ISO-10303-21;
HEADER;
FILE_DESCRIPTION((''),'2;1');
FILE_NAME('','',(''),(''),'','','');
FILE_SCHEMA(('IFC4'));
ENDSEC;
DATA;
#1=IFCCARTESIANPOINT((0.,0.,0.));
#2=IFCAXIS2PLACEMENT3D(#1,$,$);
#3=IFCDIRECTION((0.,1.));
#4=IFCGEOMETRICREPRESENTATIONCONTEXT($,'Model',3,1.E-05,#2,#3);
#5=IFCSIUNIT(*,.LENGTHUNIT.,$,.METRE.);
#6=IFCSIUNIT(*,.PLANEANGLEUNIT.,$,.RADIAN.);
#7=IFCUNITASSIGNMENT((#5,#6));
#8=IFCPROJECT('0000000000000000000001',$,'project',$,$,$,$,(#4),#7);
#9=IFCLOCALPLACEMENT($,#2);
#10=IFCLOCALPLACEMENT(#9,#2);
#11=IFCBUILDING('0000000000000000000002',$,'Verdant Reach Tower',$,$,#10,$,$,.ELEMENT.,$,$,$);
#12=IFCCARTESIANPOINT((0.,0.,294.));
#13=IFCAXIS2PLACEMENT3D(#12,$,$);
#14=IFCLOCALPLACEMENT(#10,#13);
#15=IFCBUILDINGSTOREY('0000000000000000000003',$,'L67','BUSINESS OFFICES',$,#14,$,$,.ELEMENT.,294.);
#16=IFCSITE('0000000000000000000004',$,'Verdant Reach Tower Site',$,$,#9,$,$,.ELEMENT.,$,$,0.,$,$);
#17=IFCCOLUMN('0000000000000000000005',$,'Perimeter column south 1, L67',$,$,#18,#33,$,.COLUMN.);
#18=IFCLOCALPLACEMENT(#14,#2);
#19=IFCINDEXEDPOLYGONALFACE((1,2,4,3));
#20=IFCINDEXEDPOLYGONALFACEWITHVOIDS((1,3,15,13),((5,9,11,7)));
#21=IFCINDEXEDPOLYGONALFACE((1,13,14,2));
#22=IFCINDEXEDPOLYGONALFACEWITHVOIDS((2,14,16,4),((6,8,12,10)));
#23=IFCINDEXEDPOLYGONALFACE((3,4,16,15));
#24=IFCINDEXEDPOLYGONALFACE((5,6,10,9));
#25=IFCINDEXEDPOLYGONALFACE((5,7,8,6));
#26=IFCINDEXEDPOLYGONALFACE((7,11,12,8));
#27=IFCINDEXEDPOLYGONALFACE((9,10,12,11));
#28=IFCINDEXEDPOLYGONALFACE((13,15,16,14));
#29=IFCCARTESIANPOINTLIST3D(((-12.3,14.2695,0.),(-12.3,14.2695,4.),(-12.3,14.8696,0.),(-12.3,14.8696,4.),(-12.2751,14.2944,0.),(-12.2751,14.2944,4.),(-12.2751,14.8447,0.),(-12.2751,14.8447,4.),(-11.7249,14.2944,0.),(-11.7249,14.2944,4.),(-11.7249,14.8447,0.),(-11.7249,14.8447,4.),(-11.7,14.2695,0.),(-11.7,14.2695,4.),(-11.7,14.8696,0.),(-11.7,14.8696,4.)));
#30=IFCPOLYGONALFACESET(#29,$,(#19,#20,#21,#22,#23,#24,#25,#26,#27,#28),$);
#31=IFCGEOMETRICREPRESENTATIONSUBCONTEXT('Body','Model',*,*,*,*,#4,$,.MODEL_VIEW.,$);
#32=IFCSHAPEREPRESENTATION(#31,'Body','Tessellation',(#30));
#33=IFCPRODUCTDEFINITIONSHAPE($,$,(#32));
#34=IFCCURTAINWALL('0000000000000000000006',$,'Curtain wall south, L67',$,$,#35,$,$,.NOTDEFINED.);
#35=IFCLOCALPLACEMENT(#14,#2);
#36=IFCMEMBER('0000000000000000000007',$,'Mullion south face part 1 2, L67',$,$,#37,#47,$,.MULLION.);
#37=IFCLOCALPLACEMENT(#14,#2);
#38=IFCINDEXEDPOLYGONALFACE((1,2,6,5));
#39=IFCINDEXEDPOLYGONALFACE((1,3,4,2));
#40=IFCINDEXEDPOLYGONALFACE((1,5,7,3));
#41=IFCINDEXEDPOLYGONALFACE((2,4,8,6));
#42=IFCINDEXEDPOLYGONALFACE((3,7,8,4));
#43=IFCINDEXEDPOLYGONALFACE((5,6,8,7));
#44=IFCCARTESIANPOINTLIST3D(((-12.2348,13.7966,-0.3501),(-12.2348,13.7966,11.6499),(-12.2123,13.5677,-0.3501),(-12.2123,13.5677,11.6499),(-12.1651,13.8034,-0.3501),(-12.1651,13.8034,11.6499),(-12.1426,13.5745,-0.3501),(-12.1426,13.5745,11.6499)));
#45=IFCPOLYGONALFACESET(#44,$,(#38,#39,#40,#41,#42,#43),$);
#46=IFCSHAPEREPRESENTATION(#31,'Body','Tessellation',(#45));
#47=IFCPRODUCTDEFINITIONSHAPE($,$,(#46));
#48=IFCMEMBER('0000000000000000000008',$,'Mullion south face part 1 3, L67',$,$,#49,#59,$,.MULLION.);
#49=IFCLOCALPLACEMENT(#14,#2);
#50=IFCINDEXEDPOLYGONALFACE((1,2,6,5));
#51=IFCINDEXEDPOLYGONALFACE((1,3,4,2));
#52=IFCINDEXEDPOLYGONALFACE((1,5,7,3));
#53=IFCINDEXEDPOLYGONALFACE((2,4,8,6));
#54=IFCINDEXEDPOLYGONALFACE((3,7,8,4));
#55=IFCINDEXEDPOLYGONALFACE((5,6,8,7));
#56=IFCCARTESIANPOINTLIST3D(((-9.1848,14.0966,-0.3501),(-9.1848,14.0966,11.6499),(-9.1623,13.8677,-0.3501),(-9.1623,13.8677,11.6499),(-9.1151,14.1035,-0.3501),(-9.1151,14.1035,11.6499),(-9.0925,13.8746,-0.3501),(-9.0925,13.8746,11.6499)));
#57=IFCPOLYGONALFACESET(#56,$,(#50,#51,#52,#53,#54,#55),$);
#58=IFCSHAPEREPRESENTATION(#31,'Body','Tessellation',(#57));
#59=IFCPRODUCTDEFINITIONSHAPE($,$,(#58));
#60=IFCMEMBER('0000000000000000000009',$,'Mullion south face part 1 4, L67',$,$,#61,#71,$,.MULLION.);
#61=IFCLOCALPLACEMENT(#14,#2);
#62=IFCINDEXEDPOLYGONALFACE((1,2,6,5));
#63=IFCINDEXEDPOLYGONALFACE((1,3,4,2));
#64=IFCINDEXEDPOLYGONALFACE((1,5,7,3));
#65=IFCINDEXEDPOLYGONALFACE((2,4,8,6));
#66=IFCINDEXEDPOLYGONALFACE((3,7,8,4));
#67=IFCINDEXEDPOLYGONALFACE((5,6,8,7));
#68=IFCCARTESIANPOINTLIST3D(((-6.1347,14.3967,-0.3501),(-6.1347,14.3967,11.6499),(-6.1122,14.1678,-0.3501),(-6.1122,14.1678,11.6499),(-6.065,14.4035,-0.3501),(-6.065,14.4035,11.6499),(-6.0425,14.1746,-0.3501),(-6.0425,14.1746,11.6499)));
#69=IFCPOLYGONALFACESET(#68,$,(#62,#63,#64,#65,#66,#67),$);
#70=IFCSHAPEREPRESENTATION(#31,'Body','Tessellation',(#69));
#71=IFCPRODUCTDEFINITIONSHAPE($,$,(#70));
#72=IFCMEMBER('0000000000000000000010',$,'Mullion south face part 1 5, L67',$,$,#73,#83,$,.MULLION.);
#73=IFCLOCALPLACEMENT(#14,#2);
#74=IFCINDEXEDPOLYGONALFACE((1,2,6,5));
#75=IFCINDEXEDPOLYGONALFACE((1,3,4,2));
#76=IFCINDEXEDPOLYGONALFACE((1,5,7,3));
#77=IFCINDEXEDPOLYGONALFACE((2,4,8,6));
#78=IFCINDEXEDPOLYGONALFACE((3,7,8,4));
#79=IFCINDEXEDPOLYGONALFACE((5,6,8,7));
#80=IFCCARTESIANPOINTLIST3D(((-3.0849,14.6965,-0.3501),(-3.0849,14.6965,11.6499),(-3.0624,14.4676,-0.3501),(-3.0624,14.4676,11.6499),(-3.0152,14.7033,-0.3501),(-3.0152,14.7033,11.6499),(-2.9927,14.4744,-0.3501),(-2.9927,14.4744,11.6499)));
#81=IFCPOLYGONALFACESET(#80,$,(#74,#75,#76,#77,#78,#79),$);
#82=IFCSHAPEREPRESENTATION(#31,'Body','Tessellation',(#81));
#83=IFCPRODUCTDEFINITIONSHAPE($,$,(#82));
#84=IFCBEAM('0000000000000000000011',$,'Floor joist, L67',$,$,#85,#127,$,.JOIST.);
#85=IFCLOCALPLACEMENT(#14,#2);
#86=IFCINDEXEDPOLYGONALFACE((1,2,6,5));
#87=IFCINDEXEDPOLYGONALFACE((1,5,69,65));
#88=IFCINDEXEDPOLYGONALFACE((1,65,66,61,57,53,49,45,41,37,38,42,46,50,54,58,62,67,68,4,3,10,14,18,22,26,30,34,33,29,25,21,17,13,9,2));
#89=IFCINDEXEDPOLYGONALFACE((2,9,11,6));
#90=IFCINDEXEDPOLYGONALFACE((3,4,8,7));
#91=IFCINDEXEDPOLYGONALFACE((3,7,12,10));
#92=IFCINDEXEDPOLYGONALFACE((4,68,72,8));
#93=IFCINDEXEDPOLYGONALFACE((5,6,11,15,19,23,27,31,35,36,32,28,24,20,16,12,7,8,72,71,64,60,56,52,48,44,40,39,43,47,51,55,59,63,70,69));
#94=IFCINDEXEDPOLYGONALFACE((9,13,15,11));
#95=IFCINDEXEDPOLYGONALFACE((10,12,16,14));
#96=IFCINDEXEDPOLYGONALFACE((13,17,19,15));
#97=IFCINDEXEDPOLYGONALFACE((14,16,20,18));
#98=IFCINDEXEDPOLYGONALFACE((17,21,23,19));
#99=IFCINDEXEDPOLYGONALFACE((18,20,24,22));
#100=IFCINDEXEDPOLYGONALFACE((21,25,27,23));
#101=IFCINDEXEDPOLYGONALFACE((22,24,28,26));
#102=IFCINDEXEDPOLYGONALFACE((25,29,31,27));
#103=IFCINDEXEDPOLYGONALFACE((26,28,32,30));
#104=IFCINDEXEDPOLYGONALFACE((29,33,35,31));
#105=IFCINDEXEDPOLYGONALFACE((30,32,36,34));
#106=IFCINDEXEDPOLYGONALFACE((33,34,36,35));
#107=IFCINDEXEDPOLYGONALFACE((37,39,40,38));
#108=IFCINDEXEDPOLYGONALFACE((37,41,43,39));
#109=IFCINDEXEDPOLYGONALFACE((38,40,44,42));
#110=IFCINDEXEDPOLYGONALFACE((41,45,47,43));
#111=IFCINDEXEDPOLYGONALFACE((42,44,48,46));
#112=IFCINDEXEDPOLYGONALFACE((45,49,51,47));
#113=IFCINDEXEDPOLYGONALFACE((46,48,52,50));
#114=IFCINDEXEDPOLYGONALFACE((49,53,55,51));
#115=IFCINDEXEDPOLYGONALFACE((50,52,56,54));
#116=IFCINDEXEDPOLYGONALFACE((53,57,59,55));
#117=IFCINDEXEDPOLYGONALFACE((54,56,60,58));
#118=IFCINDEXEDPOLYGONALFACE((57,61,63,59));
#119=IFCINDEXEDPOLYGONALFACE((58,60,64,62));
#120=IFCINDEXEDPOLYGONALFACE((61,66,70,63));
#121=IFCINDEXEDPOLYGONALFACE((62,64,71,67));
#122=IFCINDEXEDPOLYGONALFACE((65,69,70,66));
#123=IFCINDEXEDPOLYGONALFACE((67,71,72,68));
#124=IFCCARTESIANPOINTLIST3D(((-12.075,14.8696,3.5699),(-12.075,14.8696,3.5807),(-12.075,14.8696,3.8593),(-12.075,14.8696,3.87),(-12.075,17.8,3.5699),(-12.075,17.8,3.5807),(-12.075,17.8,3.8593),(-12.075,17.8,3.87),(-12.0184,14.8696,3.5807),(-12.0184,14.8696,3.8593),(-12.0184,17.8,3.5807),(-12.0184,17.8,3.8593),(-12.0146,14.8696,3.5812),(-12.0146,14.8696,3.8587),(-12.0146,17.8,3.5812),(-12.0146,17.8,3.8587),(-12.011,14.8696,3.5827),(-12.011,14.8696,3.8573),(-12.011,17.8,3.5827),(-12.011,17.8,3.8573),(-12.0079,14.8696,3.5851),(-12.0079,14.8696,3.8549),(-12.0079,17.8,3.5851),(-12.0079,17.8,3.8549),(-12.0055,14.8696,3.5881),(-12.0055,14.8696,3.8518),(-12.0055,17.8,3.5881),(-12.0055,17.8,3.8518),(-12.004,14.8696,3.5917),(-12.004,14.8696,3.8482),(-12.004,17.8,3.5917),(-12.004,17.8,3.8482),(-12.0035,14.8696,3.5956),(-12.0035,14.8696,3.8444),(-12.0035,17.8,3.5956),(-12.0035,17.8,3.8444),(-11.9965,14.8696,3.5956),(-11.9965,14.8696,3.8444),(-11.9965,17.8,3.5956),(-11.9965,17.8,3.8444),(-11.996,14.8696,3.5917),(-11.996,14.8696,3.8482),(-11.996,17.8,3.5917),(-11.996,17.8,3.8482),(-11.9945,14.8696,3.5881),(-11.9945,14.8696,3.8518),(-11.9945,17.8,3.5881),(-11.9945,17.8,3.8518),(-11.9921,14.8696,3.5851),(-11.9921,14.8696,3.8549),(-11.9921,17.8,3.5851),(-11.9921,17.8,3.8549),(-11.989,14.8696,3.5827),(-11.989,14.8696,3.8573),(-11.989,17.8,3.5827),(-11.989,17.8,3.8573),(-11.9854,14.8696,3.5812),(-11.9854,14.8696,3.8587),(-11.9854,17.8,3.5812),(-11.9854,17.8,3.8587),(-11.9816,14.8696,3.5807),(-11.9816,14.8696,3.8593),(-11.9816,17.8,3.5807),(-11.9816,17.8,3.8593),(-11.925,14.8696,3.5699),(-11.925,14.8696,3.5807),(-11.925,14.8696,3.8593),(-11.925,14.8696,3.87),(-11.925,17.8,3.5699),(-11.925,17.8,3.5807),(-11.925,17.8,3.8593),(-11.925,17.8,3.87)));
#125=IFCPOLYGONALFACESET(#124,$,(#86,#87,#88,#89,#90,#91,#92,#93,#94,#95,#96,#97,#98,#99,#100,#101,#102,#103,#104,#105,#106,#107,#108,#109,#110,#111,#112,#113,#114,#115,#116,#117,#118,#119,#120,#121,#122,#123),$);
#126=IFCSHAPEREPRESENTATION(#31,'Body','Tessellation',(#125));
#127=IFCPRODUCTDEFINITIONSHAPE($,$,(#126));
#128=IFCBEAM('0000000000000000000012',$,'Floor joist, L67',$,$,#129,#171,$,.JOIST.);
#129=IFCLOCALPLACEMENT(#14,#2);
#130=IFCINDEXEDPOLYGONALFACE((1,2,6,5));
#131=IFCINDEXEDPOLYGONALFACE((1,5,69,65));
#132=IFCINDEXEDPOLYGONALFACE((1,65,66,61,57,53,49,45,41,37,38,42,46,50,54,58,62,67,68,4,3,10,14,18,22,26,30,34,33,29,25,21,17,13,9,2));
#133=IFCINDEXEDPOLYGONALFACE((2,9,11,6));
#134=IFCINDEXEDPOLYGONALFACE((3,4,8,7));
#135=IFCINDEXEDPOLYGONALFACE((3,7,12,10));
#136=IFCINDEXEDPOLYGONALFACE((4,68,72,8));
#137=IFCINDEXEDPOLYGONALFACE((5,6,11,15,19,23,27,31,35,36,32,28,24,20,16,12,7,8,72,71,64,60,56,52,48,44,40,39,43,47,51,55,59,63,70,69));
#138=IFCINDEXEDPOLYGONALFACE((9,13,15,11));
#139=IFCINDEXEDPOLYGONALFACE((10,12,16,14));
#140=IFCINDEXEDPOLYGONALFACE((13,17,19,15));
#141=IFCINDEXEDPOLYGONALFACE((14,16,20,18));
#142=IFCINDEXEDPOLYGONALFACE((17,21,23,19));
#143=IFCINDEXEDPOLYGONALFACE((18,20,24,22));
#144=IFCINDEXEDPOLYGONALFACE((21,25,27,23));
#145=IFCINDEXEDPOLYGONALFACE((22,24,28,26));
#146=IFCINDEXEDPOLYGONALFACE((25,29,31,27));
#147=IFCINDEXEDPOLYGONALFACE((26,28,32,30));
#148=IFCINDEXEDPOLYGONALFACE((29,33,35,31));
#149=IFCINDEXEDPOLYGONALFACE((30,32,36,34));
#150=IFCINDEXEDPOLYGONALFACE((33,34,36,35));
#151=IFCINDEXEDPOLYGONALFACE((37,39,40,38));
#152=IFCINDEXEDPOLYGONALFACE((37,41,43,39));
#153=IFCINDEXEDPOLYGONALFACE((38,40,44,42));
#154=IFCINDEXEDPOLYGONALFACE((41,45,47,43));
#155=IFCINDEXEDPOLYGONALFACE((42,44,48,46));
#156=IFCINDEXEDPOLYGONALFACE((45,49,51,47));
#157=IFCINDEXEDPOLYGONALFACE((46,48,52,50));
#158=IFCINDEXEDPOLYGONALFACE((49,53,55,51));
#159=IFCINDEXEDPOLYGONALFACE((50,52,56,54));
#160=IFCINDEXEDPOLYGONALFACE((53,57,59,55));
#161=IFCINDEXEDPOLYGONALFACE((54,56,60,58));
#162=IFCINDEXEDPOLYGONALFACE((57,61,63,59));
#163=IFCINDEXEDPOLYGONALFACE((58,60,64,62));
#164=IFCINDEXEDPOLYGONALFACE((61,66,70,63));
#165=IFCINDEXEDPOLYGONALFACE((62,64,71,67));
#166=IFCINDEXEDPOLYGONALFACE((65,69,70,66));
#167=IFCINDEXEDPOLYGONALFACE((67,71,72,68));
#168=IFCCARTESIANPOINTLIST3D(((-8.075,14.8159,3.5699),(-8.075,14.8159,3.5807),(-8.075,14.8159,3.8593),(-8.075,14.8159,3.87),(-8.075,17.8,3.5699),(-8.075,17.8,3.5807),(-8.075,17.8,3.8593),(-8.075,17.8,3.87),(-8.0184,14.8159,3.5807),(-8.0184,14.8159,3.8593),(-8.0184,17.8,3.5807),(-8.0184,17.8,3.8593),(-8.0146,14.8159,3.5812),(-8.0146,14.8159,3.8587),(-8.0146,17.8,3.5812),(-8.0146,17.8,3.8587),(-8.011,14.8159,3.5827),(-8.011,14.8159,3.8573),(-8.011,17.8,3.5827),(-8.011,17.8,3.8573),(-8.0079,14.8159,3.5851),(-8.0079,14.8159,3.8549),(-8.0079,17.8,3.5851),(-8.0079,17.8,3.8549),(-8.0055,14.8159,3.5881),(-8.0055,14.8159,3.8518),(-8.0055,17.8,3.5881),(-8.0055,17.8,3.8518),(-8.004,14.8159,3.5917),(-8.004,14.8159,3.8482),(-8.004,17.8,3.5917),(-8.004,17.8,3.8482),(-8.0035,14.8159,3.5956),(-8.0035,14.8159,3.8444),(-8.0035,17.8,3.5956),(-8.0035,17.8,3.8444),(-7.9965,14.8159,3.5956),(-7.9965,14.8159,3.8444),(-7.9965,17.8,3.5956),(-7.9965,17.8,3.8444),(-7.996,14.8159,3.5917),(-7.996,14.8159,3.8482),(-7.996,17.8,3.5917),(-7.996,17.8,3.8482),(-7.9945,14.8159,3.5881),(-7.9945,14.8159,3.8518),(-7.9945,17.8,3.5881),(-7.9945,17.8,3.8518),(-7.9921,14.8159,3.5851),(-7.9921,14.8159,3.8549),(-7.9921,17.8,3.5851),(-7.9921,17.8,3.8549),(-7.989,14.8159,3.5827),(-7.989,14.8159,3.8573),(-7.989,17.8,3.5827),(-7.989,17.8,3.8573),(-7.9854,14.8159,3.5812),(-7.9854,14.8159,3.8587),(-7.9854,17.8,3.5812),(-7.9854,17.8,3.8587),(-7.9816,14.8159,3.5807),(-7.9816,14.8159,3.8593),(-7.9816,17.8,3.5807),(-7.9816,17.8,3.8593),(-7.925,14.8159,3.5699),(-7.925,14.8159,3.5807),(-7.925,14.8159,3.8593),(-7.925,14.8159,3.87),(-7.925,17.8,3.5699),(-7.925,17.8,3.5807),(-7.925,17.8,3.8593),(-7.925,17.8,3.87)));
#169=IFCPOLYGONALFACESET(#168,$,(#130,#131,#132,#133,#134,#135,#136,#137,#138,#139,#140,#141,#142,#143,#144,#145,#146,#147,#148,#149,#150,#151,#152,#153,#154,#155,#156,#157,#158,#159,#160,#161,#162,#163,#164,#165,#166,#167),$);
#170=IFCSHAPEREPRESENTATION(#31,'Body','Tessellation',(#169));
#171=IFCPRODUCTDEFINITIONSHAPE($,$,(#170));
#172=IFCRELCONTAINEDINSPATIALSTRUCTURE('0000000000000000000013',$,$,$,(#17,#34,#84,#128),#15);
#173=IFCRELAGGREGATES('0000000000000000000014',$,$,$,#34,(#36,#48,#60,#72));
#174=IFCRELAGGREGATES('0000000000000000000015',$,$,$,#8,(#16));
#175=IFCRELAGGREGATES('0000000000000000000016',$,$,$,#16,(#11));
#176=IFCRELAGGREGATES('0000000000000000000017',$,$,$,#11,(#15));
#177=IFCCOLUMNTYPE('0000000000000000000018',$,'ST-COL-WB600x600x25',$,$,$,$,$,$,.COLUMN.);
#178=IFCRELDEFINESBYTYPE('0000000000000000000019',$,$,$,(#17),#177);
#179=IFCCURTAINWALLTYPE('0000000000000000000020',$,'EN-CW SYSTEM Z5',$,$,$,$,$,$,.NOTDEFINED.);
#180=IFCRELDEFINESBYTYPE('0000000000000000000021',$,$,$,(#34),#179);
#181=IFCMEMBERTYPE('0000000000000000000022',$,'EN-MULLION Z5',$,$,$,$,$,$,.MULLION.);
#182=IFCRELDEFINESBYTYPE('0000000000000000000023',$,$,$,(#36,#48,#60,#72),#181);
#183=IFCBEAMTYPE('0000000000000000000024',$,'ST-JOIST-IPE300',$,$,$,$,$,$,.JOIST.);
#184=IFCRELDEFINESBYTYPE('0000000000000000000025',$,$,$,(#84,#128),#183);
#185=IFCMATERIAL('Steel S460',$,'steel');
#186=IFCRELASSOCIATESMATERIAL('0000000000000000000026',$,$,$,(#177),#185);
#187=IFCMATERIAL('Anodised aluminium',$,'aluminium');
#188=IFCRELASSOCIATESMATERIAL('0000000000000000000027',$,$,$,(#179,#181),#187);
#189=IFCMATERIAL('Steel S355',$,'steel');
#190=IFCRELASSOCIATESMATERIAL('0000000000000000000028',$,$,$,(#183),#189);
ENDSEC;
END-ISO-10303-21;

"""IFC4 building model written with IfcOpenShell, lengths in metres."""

from ifc_helpers import new_model, si_unit, direction, frame, origin, origin_2d, place, context, subcontext, project, spatial, rectangle, hollow_rectangle, i_section, extrude, material, material_profile, profile_set, type_object, element, aggregate, save


model = new_model("IFC4")

# Units and contexts
model_context = context("Model", 3, precision=1e-05, world=origin(), true_north=direction((0.0, 1.0)))
body_context = subcontext(model_context, "Body", "Model", "MODEL_VIEW")
ifc_project = project(units=[si_unit("LENGTHUNIT", "METRE"), si_unit("PLANEANGLEUNIT", "RADIAN")], contexts=[model_context])

# Site, building, storey
site_placement = place(None, origin())
site = spatial("IfcSite", under=ifc_project, at=site_placement, Name="Verdant Reach Tower Site", CompositionType="ELEMENT", RefElevation=0.0)
building_placement = place(site_placement, origin())
building = spatial("IfcBuilding", under=site, at=building_placement, Name="Verdant Reach Tower", CompositionType="ELEMENT")
storey_placement = place(building_placement, frame((0.0, 0.0, 294.0)))
storey = spatial("IfcBuildingStorey", under=building, at=storey_placement, Name="L67", Description="BUSINESS OFFICES", CompositionType="ELEMENT", Elevation=294.0)

# Column
ifc_material_1 = material(Name="Steel S460", Category="steel")
ifc_material_profile_1 = material_profile(ifc_material_1, hollow_rectangle(XDim=0.6001, YDim=0.6001, WallThickness=0.0249, at=origin_2d()), Name="WB 600x600x25")
ifc_profile_set_1 = profile_set([ifc_material_profile_1], Name="Steel S460")
column_type = type_object("IfcColumnType", Name="ST-COL-WB600x600x25", PredefinedType="COLUMN", material=ifc_profile_set_1)
column_placement = place(storey_placement, frame((-12.0, 14.5696, 0.0), z_axis=(0.0, 0.0, 1.0), x_axis=(1.0, 0.0, 0.0)))
element("IfcColumn", 1, at=column_placement, inside=storey, type_object=column_type, Name="Perimeter column south 1, L67", PredefinedType="COLUMN", context=body_context, shape_type="SweptSolid", body=[
    extrude(hollow_rectangle(XDim=0.6001, YDim=0.6001, WallThickness=0.0249, at=origin_2d()), origin(), (0.0, 0.0, 1.0), 4.0),
])

# Curtain wall, members
ifc_material_2 = material(Name="Anodised aluminium", Category="aluminium")
curtain_wall_type = type_object("IfcCurtainWallType", Name="EN-CW SYSTEM Z5", PredefinedType="NOTDEFINED", material=ifc_material_2)
curtain_wall_placement = place(storey_placement, origin())
curtain_wall = element("IfcCurtainWall", 2, at=curtain_wall_placement, inside=storey, type_object=curtain_wall_type, Name="Curtain wall south, L67", PredefinedType="NOTDEFINED")
ifc_material_profile_2 = material_profile(ifc_material_2, rectangle(XDim=0.23, YDim=0.0701, at=origin_2d()), Name="Mullion 70x230")
ifc_profile_set_2 = profile_set([ifc_material_profile_2], Name="Anodised aluminium")
member_type = type_object("IfcMemberType", Name="EN-MULLION Z5", PredefinedType="MULLION", material=ifc_profile_set_2)
member_1_placement = place(storey_placement, frame((-12.1887, 13.6855, -0.3501), z_axis=(0.0, 0.0, 1.0), x_axis=(0.097888, -0.995197, 0.0)))
member_1 = element("IfcMember", 3, at=member_1_placement, type_object=member_type, Name="Mullion south face part 1 2, L67", PredefinedType="MULLION", context=body_context, shape_type="SweptSolid", body=[
    extrude(rectangle(XDim=0.23, YDim=0.0701, at=origin_2d()), origin(), (0.0, 0.0, 1.0), 12.0),
])
member_2_placement = place(storey_placement, frame((-9.1387, 13.9856, -0.3501), z_axis=(0.0, 0.0, 1.0), x_axis=(0.097888, -0.995197, 0.0)))
member_2 = element("IfcMember", 4, at=member_2_placement, type_object=member_type, Name="Mullion south face part 1 3, L67", PredefinedType="MULLION", context=body_context, shape_type="SweptSolid", body=[
    extrude(rectangle(XDim=0.23, YDim=0.0701, at=origin_2d()), origin(), (0.0, 0.0, 1.0), 12.0),
])
member_3_placement = place(storey_placement, frame((-6.0886, 14.2856, -0.3501), z_axis=(0.0, 0.0, 1.0), x_axis=(0.097888, -0.995197, 0.0)))
member_3 = element("IfcMember", 5, at=member_3_placement, type_object=member_type, Name="Mullion south face part 1 4, L67", PredefinedType="MULLION", context=body_context, shape_type="SweptSolid", body=[
    extrude(rectangle(XDim=0.23, YDim=0.0701, at=origin_2d()), origin(), (0.0, 0.0, 1.0), 12.0),
])
member_4_placement = place(storey_placement, frame((-3.0388, 14.5854, -0.3501), z_axis=(0.0, 0.0, 1.0), x_axis=(0.097888, -0.995197, 0.0)))
member_4 = element("IfcMember", 6, at=member_4_placement, type_object=member_type, Name="Mullion south face part 1 5, L67", PredefinedType="MULLION", context=body_context, shape_type="SweptSolid", body=[
    extrude(rectangle(XDim=0.23, YDim=0.0701, at=origin_2d()), origin(), (0.0, 0.0, 1.0), 12.0),
])

# Beams
ifc_material_3 = material(Name="Steel S355", Category="steel")
ifc_material_profile_3 = material_profile(ifc_material_3, i_section(OverallWidth=0.1499, OverallDepth=0.3, WebThickness=0.0071, FlangeThickness=0.0107, FilletRadius=0.0149, at=origin_2d()), Name="IPE 300")
ifc_profile_set_3 = profile_set([ifc_material_profile_3], Name="Steel S355")
beam_type_1 = type_object("IfcBeamType", Name="ST-JOIST-IPE300", PredefinedType="JOIST", material=ifc_profile_set_3)
beam_1_placement = place(storey_placement, frame((-12.0, 17.8, 3.72), z_axis=(0.0, -1.0, 0.0), x_axis=(1.0, 0.0, 0.0)))
element("IfcBeam", 7, at=beam_1_placement, inside=storey, type_object=beam_type_1, Name="Floor joist, L67", PredefinedType="JOIST", context=body_context, shape_type="SweptSolid", body=[
    extrude(i_section(OverallWidth=0.1499, OverallDepth=0.3, WebThickness=0.0071, FlangeThickness=0.0107, FilletRadius=0.0149, at=origin_2d()), origin(), (0.0, 0.0, 1.0), 2.9304),
])
beam_2_placement = place(storey_placement, frame((-8.0, 17.8, 3.72), z_axis=(0.0, -1.0, 0.0), x_axis=(1.0, 0.0, 0.0)))
element("IfcBeam", 8, at=beam_2_placement, inside=storey, type_object=beam_type_1, Name="Floor joist, L67", PredefinedType="JOIST", context=body_context, shape_type="SweptSolid", body=[
    extrude(i_section(OverallWidth=0.1499, OverallDepth=0.3, WebThickness=0.0071, FlangeThickness=0.0107, FilletRadius=0.0149, at=origin_2d()), origin(), (0.0, 0.0, 1.0), 2.9841),
])

aggregate(curtain_wall, [member_1, member_2, member_3, member_4])

save(model, "model.ifc")
